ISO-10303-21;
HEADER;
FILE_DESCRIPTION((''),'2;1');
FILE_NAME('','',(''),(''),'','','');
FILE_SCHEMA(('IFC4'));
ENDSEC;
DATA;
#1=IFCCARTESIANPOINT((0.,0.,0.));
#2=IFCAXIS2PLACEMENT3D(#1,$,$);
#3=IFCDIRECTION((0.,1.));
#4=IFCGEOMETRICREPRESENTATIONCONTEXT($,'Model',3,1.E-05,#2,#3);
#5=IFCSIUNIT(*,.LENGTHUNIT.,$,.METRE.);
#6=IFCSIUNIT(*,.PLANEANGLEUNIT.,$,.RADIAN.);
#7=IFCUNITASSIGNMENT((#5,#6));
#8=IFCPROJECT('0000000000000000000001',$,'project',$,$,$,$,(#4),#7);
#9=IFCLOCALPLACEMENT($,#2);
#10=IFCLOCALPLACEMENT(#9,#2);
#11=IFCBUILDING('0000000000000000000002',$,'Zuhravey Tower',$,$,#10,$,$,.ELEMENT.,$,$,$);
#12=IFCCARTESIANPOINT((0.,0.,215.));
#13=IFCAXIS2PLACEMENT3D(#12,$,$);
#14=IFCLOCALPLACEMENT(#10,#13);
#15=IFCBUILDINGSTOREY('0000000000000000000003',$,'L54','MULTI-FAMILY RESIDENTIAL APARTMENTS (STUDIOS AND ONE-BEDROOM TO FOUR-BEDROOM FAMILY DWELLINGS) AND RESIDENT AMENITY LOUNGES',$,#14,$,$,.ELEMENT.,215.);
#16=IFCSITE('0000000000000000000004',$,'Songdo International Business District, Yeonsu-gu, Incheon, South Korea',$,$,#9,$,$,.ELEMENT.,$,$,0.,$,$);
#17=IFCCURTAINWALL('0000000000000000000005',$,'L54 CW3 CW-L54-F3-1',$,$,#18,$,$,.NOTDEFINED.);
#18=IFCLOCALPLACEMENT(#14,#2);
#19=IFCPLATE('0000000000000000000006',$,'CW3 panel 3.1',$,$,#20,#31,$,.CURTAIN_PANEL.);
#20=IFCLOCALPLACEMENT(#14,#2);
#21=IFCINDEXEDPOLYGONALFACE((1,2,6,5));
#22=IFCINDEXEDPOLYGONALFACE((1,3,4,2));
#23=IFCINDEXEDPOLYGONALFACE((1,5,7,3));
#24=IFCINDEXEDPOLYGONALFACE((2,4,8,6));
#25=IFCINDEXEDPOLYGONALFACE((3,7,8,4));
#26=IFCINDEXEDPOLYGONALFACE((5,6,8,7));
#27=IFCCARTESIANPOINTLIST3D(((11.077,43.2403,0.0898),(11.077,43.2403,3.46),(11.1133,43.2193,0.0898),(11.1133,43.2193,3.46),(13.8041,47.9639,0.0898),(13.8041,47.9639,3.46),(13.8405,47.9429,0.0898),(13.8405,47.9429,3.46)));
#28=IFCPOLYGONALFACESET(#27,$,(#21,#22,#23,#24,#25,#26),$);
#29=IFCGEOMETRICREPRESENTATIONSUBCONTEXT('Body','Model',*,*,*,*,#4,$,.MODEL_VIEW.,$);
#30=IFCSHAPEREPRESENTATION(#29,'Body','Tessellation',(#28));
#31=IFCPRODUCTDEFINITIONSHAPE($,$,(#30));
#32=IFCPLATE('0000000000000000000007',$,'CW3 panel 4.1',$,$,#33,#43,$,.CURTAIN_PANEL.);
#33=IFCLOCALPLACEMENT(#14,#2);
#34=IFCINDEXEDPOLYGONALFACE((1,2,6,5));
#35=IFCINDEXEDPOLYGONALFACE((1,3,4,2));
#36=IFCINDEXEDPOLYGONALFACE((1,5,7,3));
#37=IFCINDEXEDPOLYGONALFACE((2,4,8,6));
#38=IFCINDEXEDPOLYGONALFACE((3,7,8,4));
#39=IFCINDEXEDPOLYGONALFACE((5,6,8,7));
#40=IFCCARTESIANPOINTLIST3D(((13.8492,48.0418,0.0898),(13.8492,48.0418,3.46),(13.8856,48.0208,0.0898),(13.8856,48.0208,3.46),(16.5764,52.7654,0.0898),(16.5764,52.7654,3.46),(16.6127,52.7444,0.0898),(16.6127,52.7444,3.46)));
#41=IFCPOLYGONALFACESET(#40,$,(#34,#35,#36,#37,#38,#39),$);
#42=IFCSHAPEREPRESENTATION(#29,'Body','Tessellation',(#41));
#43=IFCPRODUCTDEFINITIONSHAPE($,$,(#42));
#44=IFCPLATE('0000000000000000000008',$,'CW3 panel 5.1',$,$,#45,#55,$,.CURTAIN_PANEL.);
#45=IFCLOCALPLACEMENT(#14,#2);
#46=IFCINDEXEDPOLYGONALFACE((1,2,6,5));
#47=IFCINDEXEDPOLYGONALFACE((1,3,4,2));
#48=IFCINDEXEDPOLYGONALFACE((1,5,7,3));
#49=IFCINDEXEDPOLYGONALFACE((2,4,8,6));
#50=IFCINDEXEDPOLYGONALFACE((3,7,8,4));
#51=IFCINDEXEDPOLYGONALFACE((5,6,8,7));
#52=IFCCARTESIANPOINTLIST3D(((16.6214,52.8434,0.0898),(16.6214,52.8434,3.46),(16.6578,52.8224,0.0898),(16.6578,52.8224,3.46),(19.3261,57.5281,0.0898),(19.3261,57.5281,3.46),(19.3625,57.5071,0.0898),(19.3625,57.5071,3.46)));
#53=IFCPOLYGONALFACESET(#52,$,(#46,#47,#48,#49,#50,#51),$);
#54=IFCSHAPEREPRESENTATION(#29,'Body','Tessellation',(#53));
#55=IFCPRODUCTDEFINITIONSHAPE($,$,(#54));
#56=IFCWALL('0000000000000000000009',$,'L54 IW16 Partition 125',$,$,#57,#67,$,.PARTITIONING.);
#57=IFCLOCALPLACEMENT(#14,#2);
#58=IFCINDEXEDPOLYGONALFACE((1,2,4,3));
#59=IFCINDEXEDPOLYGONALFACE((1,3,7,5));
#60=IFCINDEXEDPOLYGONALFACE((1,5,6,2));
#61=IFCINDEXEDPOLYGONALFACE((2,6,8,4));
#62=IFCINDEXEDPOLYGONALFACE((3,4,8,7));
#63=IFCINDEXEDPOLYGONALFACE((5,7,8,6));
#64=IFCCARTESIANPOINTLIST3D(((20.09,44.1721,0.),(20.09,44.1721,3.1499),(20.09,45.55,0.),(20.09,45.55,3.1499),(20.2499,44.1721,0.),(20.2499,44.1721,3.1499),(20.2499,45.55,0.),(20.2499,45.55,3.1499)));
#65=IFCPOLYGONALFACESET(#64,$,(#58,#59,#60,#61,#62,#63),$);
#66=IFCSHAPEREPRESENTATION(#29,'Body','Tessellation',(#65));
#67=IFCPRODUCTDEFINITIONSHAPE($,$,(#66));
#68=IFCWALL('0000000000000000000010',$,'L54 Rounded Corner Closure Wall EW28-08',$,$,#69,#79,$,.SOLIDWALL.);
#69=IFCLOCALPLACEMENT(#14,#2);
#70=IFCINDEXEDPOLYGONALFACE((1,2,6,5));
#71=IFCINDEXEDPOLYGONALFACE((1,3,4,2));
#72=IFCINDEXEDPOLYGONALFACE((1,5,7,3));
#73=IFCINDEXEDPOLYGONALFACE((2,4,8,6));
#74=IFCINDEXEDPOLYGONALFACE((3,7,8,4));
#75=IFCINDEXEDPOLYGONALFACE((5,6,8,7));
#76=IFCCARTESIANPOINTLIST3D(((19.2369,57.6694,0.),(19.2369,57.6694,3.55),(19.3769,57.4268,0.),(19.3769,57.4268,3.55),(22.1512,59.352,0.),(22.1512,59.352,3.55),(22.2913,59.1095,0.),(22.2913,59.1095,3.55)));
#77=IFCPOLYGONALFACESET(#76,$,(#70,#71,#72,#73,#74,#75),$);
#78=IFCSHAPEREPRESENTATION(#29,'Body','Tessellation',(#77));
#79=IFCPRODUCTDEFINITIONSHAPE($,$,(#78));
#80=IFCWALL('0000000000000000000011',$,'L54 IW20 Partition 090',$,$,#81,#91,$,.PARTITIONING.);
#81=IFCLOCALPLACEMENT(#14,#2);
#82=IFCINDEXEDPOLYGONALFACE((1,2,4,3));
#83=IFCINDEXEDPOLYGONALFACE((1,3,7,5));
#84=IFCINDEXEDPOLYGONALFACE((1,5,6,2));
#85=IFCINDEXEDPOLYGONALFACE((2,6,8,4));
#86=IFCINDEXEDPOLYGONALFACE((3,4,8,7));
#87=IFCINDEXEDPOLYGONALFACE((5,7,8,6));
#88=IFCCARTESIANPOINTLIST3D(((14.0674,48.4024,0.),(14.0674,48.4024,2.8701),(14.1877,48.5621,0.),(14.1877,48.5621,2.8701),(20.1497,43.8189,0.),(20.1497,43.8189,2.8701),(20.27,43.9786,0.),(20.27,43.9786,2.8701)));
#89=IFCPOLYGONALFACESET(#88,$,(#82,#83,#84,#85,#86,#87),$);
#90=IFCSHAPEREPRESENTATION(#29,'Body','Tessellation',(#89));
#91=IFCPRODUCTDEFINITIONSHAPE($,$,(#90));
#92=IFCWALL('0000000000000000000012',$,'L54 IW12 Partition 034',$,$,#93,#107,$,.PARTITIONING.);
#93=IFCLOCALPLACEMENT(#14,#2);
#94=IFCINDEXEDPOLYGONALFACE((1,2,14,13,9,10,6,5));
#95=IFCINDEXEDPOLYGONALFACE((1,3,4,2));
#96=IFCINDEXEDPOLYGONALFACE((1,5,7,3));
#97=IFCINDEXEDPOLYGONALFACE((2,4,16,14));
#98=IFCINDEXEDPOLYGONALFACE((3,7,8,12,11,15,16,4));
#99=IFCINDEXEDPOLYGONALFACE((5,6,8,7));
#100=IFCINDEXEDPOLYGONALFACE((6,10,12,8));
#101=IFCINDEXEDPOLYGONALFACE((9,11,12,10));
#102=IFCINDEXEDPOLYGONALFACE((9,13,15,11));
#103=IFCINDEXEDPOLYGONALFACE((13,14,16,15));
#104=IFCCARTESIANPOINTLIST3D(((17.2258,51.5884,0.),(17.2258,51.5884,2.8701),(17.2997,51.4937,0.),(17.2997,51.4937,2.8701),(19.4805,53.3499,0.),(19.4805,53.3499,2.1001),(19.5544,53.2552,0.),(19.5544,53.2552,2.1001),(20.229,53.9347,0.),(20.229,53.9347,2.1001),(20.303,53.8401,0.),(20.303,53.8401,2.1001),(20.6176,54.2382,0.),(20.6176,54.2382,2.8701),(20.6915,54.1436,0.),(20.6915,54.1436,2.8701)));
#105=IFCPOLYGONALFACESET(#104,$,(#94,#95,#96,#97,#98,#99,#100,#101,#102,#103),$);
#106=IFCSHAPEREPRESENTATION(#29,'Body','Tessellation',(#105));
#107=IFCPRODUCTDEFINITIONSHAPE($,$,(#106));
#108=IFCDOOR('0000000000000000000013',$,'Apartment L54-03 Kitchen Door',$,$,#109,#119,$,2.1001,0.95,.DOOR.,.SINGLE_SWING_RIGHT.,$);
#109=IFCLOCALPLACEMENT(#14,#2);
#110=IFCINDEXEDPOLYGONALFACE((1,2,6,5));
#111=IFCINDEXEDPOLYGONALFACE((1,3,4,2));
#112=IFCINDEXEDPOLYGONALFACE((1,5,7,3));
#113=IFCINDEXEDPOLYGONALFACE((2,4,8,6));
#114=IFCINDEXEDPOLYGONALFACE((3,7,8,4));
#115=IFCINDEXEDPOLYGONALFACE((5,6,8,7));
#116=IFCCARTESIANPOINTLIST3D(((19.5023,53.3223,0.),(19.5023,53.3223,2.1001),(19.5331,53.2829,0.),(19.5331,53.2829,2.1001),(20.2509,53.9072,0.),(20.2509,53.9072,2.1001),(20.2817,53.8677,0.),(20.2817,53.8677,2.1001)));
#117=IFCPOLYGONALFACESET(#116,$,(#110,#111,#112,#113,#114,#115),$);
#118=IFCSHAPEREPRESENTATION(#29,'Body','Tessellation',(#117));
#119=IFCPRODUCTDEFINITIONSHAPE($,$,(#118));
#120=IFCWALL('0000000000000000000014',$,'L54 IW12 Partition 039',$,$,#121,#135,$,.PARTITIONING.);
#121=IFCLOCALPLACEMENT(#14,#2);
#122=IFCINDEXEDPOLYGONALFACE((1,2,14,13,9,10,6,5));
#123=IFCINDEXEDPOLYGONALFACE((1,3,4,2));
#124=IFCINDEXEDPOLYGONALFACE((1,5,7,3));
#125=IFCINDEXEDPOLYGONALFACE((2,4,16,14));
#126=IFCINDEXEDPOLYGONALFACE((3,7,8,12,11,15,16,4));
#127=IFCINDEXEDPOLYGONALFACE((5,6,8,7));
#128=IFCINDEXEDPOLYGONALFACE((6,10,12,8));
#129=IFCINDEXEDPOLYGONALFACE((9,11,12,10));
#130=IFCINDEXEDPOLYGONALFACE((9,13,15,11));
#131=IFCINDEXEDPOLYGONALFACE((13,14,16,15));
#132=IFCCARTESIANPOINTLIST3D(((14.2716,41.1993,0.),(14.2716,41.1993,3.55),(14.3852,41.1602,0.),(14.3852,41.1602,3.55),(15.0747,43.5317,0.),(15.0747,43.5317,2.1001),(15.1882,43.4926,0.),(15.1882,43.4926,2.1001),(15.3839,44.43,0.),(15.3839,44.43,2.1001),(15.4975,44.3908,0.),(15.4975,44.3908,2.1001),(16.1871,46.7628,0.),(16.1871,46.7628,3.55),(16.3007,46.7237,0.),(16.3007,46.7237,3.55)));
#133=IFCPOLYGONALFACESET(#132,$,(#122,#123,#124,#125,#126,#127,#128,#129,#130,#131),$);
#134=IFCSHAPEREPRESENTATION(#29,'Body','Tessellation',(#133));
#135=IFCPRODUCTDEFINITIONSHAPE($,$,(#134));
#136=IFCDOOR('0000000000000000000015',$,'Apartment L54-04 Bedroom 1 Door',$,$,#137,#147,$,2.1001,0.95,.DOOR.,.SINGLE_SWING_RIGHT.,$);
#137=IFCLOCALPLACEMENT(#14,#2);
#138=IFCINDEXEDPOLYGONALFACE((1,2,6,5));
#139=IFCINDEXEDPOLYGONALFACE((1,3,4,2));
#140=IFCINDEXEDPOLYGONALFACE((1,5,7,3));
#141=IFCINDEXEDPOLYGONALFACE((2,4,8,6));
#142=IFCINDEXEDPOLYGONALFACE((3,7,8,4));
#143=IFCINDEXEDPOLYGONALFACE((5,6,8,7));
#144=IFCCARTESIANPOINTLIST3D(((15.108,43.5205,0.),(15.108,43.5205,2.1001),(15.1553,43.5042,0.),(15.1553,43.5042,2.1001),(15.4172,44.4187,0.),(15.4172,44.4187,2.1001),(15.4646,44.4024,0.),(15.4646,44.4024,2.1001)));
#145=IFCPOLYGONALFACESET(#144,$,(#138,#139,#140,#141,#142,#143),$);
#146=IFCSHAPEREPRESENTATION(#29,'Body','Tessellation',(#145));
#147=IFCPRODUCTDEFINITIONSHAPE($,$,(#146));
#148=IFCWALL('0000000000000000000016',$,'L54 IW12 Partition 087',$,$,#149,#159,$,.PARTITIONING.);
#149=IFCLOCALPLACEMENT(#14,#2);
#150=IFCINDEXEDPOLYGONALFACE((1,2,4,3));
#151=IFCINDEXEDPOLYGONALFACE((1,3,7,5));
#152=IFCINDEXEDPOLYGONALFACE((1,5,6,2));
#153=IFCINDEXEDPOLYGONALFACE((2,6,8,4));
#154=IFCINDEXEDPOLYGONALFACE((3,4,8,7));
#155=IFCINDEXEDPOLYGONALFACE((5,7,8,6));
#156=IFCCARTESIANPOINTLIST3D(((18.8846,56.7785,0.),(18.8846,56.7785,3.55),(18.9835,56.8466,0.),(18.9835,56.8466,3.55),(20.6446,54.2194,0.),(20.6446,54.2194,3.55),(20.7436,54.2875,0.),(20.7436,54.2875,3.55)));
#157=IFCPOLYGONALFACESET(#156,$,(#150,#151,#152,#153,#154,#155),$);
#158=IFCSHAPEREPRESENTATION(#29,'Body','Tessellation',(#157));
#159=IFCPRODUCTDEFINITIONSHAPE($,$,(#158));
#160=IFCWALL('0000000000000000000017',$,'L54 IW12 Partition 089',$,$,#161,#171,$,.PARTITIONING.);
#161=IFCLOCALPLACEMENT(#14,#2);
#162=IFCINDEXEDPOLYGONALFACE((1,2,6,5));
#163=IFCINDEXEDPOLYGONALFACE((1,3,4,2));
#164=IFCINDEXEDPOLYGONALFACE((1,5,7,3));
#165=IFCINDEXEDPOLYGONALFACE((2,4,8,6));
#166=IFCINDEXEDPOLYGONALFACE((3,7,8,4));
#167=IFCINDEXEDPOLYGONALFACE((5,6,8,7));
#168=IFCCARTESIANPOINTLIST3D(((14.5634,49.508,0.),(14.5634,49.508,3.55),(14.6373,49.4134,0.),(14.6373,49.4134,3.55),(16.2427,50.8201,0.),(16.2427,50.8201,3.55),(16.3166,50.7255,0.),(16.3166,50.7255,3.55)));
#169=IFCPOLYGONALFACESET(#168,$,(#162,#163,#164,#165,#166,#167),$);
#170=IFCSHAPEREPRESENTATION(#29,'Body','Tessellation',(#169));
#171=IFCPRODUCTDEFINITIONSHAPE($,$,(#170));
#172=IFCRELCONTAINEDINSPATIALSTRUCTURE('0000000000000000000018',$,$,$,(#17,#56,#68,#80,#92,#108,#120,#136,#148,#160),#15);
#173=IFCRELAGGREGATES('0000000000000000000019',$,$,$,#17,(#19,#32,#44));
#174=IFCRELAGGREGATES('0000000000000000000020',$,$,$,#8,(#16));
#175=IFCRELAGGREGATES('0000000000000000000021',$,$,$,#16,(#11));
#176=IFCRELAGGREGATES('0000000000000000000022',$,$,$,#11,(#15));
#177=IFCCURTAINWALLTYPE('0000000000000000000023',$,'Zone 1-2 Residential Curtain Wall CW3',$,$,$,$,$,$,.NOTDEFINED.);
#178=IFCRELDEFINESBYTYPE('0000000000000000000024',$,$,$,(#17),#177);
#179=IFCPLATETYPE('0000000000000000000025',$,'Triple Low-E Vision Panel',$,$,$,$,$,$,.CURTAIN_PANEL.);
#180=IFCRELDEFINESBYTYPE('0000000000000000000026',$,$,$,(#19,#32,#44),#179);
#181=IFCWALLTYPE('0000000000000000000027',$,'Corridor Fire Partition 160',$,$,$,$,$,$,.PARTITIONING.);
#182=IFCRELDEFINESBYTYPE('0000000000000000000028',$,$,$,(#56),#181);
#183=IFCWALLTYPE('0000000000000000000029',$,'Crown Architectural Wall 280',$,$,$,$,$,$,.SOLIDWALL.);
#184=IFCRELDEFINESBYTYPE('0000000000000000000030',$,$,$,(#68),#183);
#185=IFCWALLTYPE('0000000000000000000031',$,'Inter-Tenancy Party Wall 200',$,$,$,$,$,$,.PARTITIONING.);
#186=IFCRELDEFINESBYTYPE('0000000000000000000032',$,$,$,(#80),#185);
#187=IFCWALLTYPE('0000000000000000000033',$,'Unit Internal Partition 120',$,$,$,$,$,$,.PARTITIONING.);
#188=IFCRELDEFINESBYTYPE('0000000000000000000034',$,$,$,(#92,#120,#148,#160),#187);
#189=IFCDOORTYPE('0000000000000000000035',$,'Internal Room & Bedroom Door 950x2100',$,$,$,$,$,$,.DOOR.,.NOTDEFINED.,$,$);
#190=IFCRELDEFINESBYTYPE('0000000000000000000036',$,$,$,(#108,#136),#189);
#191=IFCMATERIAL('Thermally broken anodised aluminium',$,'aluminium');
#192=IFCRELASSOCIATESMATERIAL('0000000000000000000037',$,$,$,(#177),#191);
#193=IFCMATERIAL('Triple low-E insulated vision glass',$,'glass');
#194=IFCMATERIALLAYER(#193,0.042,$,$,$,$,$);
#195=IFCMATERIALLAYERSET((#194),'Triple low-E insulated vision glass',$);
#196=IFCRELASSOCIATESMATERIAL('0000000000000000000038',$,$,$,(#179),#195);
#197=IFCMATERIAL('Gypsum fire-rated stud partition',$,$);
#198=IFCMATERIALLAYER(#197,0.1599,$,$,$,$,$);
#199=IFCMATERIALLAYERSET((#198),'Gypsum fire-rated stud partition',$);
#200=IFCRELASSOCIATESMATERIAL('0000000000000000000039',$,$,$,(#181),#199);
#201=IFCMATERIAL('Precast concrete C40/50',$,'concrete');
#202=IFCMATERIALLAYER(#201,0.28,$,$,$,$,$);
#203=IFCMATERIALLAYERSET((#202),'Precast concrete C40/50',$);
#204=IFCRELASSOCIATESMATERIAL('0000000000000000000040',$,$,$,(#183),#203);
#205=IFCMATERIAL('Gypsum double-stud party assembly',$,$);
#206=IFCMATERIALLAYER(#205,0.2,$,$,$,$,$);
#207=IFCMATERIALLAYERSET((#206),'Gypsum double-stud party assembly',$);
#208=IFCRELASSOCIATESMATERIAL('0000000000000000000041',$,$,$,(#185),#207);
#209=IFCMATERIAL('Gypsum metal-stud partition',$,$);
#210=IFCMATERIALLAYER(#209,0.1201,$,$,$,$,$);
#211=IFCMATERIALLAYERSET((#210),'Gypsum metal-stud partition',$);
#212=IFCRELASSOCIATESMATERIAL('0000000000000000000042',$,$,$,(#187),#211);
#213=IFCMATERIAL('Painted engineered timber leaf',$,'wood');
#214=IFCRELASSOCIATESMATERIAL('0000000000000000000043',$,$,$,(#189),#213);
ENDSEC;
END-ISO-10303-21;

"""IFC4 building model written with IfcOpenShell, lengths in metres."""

from ifc_helpers import new_model, si_unit, direction, frame, frame_2d, origin, origin_2d, place, context, subcontext, project, spatial, rectangle, extrude, material, layer, layer_set, type_object, element, fill, aggregate, save


model = new_model("IFC4")

# Units and contexts
model_context = context("Model", 3, precision=1e-05, world=origin(), true_north=direction((0.0, 1.0)))
body_context = subcontext(model_context, "Body", "Model", "MODEL_VIEW")
ifc_project = project(units=[si_unit("LENGTHUNIT", "METRE"), si_unit("PLANEANGLEUNIT", "RADIAN")], contexts=[model_context])

# Site, building, storey
site_placement = place(None, origin())
site = spatial("IfcSite", under=ifc_project, at=site_placement, Name="Songdo International Business District, Yeonsu-gu, Incheon, South Korea", CompositionType="ELEMENT", RefElevation=0.0)
building_placement = place(site_placement, origin())
building = spatial("IfcBuilding", under=site, at=building_placement, Name="Zuhravey Tower", CompositionType="ELEMENT")
storey_placement = place(building_placement, frame((0.0, 0.0, 215.0)))
storey = spatial("IfcBuildingStorey", under=building, at=storey_placement, Name="L54", Description="MULTI-FAMILY RESIDENTIAL APARTMENTS (STUDIOS AND ONE-BEDROOM TO FOUR-BEDROOM FAMILY DWELLINGS) AND RESIDENT AMENITY LOUNGES", CompositionType="ELEMENT", Elevation=215.0)

# Curtain wall
ifc_material_1 = material(Name="Thermally broken anodised aluminium", Category="aluminium")
curtain_wall_type = type_object("IfcCurtainWallType", Name="Zone 1-2 Residential Curtain Wall CW3", PredefinedType="NOTDEFINED", material=ifc_material_1)
curtain_wall_placement = place(storey_placement, origin())
curtain_wall = element("IfcCurtainWall", 1, at=curtain_wall_placement, inside=storey, type_object=curtain_wall_type, Name="L54 CW3 CW-L54-F3-1", PredefinedType="NOTDEFINED")

# Plates
ifc_material_2 = material(Name="Triple low-E insulated vision glass", Category="glass")
ifc_layer_1 = layer(ifc_material_2, 0.042)
ifc_layer_set_1 = layer_set([ifc_layer_1], Name="Triple low-E insulated vision glass")
plate_type_1 = type_object("IfcPlateType", Name="Triple Low-E Vision Panel", PredefinedType="CURTAIN_PANEL", material=ifc_layer_set_1)
plate_1_placement = place(storey_placement, frame((12.4587, 45.5916, 0.0898), z_axis=(0.0, 0.0, 1.0), x_axis=(0.5, 0.866025, 0.0)))
plate_1 = element("IfcPlate", 2, at=plate_1_placement, type_object=plate_type_1, Name="CW3 panel 3.1", PredefinedType="CURTAIN_PANEL", context=body_context, shape_type="SweptSolid", body=[
    extrude(rectangle(XDim=5.4543, YDim=0.042, at=origin_2d()), origin(), (0.0, 0.0, 1.0), 3.3701),
])
plate_2_placement = place(storey_placement, frame((15.231, 50.3931, 0.0898), z_axis=(0.0, 0.0, 1.0), x_axis=(0.5, 0.866025, 0.0)))
plate_2 = element("IfcPlate", 3, at=plate_2_placement, type_object=plate_type_1, Name="CW3 panel 4.1", PredefinedType="CURTAIN_PANEL", context=body_context, shape_type="SweptSolid", body=[
    extrude(rectangle(XDim=5.4543, YDim=0.042, at=origin_2d()), origin(), (0.0, 0.0, 1.0), 3.3701),
])
plate_3_placement = place(storey_placement, frame((17.9919, 55.1753, 0.0898), z_axis=(0.0, 0.0, 1.0), x_axis=(0.5, 0.866025, 0.0)))
plate_3 = element("IfcPlate", 4, at=plate_3_placement, type_object=plate_type_1, Name="CW3 panel 5.1", PredefinedType="CURTAIN_PANEL", context=body_context, shape_type="SweptSolid", body=[
    extrude(rectangle(XDim=5.4094, YDim=0.042, at=origin_2d()), origin(), (0.0, 0.0, 1.0), 3.3701),
])
aggregate(curtain_wall, [plate_1, plate_2, plate_3])

# Walls
ifc_material_3 = material(Name="Gypsum fire-rated stud partition")
ifc_layer_2 = layer(ifc_material_3, 0.1599)
ifc_layer_set_2 = layer_set([ifc_layer_2], Name="Gypsum fire-rated stud partition")
wall_type_1 = type_object("IfcWallType", Name="Corridor Fire Partition 160", PredefinedType="PARTITIONING", material=ifc_layer_set_2)
wall_1_placement = place(storey_placement, frame((20.1699, 45.55, 0.0), z_axis=(0.0, 0.0, 1.0), x_axis=(0.0, -1.0, 0.0)))
element("IfcWall", 5, at=wall_1_placement, inside=storey, type_object=wall_type_1, Name="L54 IW16 Partition 125", PredefinedType="PARTITIONING", context=body_context, shape_type="SweptSolid", body=[
    extrude(rectangle(XDim=1.3779, YDim=0.1599, at=frame_2d((0.689, 0.0))), origin(), (0.0, 0.0, 1.0), 3.1499),
])
ifc_material_4 = material(Name="Precast concrete C40/50", Category="concrete")
ifc_layer_3 = layer(ifc_material_4, 0.28)
ifc_layer_set_3 = layer_set([ifc_layer_3], Name="Precast concrete C40/50")
wall_type_2 = type_object("IfcWallType", Name="Crown Architectural Wall 280", PredefinedType="SOLIDWALL", material=ifc_layer_set_3)
wall_2_placement = place(storey_placement, frame((19.3069, 57.5481, 0.0), z_axis=(0.0, 0.0, 1.0), x_axis=(0.86602, 0.500009, 0.0)))
element("IfcWall", 6, at=wall_2_placement, inside=storey, type_object=wall_type_2, Name="L54 Rounded Corner Closure Wall EW28-08", PredefinedType="SOLIDWALL", context=body_context, shape_type="SweptSolid", body=[
    extrude(rectangle(XDim=3.3652, YDim=0.28, at=frame_2d((1.6826, 0.0))), origin(), (0.0, 0.0, 1.0), 3.55),
])
ifc_material_5 = material(Name="Gypsum double-stud party assembly")
ifc_layer_4 = layer(ifc_material_5, 0.2)
ifc_layer_set_4 = layer_set([ifc_layer_4], Name="Gypsum double-stud party assembly")
wall_type_3 = type_object("IfcWallType", Name="Inter-Tenancy Party Wall 200", PredefinedType="PARTITIONING", material=ifc_layer_set_4)
wall_3_placement = place(storey_placement, frame((20.21, 43.8987, 0.0), z_axis=(0.0, 0.0, 1.0), x_axis=(-0.798625, 0.601829, 0.0)))
element("IfcWall", 7, at=wall_3_placement, inside=storey, type_object=wall_type_3, Name="L54 IW20 Partition 090", PredefinedType="PARTITIONING", context=body_context, shape_type="SweptSolid", body=[
    extrude(rectangle(XDim=7.616, YDim=0.2, at=frame_2d((3.8081, 0.0))), origin(), (0.0, 0.0, 1.0), 2.8701),
])

# Walls, openings, doors
ifc_material_6 = material(Name="Gypsum metal-stud partition")
ifc_layer_5 = layer(ifc_material_6, 0.1201)
ifc_layer_set_5 = layer_set([ifc_layer_5], Name="Gypsum metal-stud partition")
wall_type_4 = type_object("IfcWallType", Name="Unit Internal Partition 120", PredefinedType="PARTITIONING", material=ifc_layer_set_5)
wall_4_placement = place(storey_placement, frame((20.6545, 54.1909, 0.0), z_axis=(0.0, 0.0, 1.0), x_axis=(-0.788022, -0.615647, 0.0)))
wall_4 = element("IfcWall", 8, at=wall_4_placement, inside=storey, type_object=wall_type_4, Name="L54 IW12 Partition 034", PredefinedType="PARTITIONING", context=body_context, shape_type="SweptSolid", body=[
    extrude(rectangle(XDim=4.3042, YDim=0.1201, at=frame_2d((2.1521, 0.0))), origin(), (0.0, 0.0, 1.0), 2.8701),
])
opening_1_placement = place(wall_4_placement, frame((0.4929, 0.0, 0.0)))
opening_1 = element("IfcOpeningElement", 9, at=opening_1_placement, cuts=wall_4, PredefinedType="OPENING", context=body_context, shape_type="SweptSolid", body=[
    extrude(rectangle(XDim=0.95, YDim=2.1001, at=frame_2d((0.4751, 1.05))), frame((0.0, 0.072, 0.0), z_axis=(0.0, -1.0, 0.0), x_axis=(1.0, 0.0, 0.0)), (0.0, 0.0, 1.0), 0.144),
])
ifc_material_7 = material(Name="Painted engineered timber leaf", Category="wood")
door_type = type_object("IfcDoorType", Name="Internal Room & Bedroom Door 950x2100", OperationType="NOTDEFINED", PredefinedType="DOOR", material=ifc_material_7)
door_1_placement = place(opening_1_placement, frame((0.95, 0.0, 0.0), z_axis=(0.0, 0.0, 1.0), x_axis=(-1.0, 0.0, 0.0)))
door_1 = element("IfcDoor", 10, at=door_1_placement, inside=storey, type_object=door_type, Name="Apartment L54-03 Kitchen Door", OperationType="SINGLE_SWING_RIGHT", OverallHeight=2.1001, OverallWidth=0.95, PredefinedType="DOOR", context=body_context, shape_type="SweptSolid", body=[
    extrude(rectangle(XDim=0.95, YDim=2.1001, at=frame_2d((0.4751, 1.05))), frame((0.0, 0.0249, 0.0), z_axis=(0.0, -1.0, 0.0), x_axis=(1.0, 0.0, 0.0)), (0.0, 0.0, 1.0), 0.05),
])
fill(opening_1, door_1)
wall_5_placement = place(storey_placement, frame((16.2439, 46.7432, 0.0), z_axis=(0.0, 0.0, 1.0), x_axis=(-0.325548, -0.945525, 0.0)))
wall_5 = element("IfcWall", 11, at=wall_5_placement, inside=storey, type_object=wall_type_4, Name="L54 IW12 Partition 039", PredefinedType="PARTITIONING", context=body_context, shape_type="SweptSolid", body=[
    extrude(rectangle(XDim=5.884, YDim=0.1201, at=frame_2d((2.9419, 0.0))), origin(), (0.0, 0.0, 1.0), 3.55),
])
opening_2_placement = place(wall_5_placement, frame((2.467, 0.0, 0.0)))
opening_2 = element("IfcOpeningElement", 12, at=opening_2_placement, cuts=wall_5, PredefinedType="OPENING", context=body_context, shape_type="SweptSolid", body=[
    extrude(rectangle(XDim=0.95, YDim=2.1001, at=frame_2d((0.4751, 1.05))), frame((0.0, 0.072, 0.0), z_axis=(0.0, -1.0, 0.0), x_axis=(1.0, 0.0, 0.0)), (0.0, 0.0, 1.0), 0.144),
])
door_2_placement = place(opening_2_placement, frame((0.95, 0.0, 0.0), z_axis=(0.0, 0.0, 1.0), x_axis=(-1.0, 0.0, 0.0)))
door_2 = element("IfcDoor", 13, at=door_2_placement, inside=storey, type_object=door_type, Name="Apartment L54-04 Bedroom 1 Door", OperationType="SINGLE_SWING_RIGHT", OverallHeight=2.1001, OverallWidth=0.95, PredefinedType="DOOR", context=body_context, shape_type="SweptSolid", body=[
    extrude(rectangle(XDim=0.95, YDim=2.1001, at=frame_2d((0.4751, 1.05))), frame((0.0, 0.0249, 0.0), z_axis=(0.0, -1.0, 0.0), x_axis=(1.0, 0.0, 0.0)), (0.0, 0.0, 1.0), 0.05),
])
fill(opening_2, door_2)

# Walls
wall_6_placement = place(storey_placement, frame((20.6941, 54.2534, 0.0), z_axis=(0.0, 0.0, 1.0), x_axis=(-0.566669, 0.823946, 0.0)))
element("IfcWall", 14, at=wall_6_placement, inside=storey, type_object=wall_type_4, Name="L54 IW12 Partition 087", PredefinedType="PARTITIONING", context=body_context, shape_type="SweptSolid", body=[
    extrude(rectangle(XDim=3.106, YDim=0.1201, at=frame_2d((1.553, 0.0))), origin(), (0.0, 0.0, 1.0), 3.55),
])
wall_7_placement = place(storey_placement, frame((16.2795, 50.7727, 0.0), z_axis=(0.0, 0.0, 1.0), x_axis=(-0.787993, -0.615684, 0.0)))
element("IfcWall", 15, at=wall_7_placement, inside=storey, type_object=wall_type_4, Name="L54 IW12 Partition 089", PredefinedType="PARTITIONING", context=body_context, shape_type="SweptSolid", body=[
    extrude(rectangle(XDim=2.1311, YDim=0.1201, at=frame_2d((1.0654, 0.0))), origin(), (0.0, 0.0, 1.0), 3.55),
])

save(model, "model.ifc")
